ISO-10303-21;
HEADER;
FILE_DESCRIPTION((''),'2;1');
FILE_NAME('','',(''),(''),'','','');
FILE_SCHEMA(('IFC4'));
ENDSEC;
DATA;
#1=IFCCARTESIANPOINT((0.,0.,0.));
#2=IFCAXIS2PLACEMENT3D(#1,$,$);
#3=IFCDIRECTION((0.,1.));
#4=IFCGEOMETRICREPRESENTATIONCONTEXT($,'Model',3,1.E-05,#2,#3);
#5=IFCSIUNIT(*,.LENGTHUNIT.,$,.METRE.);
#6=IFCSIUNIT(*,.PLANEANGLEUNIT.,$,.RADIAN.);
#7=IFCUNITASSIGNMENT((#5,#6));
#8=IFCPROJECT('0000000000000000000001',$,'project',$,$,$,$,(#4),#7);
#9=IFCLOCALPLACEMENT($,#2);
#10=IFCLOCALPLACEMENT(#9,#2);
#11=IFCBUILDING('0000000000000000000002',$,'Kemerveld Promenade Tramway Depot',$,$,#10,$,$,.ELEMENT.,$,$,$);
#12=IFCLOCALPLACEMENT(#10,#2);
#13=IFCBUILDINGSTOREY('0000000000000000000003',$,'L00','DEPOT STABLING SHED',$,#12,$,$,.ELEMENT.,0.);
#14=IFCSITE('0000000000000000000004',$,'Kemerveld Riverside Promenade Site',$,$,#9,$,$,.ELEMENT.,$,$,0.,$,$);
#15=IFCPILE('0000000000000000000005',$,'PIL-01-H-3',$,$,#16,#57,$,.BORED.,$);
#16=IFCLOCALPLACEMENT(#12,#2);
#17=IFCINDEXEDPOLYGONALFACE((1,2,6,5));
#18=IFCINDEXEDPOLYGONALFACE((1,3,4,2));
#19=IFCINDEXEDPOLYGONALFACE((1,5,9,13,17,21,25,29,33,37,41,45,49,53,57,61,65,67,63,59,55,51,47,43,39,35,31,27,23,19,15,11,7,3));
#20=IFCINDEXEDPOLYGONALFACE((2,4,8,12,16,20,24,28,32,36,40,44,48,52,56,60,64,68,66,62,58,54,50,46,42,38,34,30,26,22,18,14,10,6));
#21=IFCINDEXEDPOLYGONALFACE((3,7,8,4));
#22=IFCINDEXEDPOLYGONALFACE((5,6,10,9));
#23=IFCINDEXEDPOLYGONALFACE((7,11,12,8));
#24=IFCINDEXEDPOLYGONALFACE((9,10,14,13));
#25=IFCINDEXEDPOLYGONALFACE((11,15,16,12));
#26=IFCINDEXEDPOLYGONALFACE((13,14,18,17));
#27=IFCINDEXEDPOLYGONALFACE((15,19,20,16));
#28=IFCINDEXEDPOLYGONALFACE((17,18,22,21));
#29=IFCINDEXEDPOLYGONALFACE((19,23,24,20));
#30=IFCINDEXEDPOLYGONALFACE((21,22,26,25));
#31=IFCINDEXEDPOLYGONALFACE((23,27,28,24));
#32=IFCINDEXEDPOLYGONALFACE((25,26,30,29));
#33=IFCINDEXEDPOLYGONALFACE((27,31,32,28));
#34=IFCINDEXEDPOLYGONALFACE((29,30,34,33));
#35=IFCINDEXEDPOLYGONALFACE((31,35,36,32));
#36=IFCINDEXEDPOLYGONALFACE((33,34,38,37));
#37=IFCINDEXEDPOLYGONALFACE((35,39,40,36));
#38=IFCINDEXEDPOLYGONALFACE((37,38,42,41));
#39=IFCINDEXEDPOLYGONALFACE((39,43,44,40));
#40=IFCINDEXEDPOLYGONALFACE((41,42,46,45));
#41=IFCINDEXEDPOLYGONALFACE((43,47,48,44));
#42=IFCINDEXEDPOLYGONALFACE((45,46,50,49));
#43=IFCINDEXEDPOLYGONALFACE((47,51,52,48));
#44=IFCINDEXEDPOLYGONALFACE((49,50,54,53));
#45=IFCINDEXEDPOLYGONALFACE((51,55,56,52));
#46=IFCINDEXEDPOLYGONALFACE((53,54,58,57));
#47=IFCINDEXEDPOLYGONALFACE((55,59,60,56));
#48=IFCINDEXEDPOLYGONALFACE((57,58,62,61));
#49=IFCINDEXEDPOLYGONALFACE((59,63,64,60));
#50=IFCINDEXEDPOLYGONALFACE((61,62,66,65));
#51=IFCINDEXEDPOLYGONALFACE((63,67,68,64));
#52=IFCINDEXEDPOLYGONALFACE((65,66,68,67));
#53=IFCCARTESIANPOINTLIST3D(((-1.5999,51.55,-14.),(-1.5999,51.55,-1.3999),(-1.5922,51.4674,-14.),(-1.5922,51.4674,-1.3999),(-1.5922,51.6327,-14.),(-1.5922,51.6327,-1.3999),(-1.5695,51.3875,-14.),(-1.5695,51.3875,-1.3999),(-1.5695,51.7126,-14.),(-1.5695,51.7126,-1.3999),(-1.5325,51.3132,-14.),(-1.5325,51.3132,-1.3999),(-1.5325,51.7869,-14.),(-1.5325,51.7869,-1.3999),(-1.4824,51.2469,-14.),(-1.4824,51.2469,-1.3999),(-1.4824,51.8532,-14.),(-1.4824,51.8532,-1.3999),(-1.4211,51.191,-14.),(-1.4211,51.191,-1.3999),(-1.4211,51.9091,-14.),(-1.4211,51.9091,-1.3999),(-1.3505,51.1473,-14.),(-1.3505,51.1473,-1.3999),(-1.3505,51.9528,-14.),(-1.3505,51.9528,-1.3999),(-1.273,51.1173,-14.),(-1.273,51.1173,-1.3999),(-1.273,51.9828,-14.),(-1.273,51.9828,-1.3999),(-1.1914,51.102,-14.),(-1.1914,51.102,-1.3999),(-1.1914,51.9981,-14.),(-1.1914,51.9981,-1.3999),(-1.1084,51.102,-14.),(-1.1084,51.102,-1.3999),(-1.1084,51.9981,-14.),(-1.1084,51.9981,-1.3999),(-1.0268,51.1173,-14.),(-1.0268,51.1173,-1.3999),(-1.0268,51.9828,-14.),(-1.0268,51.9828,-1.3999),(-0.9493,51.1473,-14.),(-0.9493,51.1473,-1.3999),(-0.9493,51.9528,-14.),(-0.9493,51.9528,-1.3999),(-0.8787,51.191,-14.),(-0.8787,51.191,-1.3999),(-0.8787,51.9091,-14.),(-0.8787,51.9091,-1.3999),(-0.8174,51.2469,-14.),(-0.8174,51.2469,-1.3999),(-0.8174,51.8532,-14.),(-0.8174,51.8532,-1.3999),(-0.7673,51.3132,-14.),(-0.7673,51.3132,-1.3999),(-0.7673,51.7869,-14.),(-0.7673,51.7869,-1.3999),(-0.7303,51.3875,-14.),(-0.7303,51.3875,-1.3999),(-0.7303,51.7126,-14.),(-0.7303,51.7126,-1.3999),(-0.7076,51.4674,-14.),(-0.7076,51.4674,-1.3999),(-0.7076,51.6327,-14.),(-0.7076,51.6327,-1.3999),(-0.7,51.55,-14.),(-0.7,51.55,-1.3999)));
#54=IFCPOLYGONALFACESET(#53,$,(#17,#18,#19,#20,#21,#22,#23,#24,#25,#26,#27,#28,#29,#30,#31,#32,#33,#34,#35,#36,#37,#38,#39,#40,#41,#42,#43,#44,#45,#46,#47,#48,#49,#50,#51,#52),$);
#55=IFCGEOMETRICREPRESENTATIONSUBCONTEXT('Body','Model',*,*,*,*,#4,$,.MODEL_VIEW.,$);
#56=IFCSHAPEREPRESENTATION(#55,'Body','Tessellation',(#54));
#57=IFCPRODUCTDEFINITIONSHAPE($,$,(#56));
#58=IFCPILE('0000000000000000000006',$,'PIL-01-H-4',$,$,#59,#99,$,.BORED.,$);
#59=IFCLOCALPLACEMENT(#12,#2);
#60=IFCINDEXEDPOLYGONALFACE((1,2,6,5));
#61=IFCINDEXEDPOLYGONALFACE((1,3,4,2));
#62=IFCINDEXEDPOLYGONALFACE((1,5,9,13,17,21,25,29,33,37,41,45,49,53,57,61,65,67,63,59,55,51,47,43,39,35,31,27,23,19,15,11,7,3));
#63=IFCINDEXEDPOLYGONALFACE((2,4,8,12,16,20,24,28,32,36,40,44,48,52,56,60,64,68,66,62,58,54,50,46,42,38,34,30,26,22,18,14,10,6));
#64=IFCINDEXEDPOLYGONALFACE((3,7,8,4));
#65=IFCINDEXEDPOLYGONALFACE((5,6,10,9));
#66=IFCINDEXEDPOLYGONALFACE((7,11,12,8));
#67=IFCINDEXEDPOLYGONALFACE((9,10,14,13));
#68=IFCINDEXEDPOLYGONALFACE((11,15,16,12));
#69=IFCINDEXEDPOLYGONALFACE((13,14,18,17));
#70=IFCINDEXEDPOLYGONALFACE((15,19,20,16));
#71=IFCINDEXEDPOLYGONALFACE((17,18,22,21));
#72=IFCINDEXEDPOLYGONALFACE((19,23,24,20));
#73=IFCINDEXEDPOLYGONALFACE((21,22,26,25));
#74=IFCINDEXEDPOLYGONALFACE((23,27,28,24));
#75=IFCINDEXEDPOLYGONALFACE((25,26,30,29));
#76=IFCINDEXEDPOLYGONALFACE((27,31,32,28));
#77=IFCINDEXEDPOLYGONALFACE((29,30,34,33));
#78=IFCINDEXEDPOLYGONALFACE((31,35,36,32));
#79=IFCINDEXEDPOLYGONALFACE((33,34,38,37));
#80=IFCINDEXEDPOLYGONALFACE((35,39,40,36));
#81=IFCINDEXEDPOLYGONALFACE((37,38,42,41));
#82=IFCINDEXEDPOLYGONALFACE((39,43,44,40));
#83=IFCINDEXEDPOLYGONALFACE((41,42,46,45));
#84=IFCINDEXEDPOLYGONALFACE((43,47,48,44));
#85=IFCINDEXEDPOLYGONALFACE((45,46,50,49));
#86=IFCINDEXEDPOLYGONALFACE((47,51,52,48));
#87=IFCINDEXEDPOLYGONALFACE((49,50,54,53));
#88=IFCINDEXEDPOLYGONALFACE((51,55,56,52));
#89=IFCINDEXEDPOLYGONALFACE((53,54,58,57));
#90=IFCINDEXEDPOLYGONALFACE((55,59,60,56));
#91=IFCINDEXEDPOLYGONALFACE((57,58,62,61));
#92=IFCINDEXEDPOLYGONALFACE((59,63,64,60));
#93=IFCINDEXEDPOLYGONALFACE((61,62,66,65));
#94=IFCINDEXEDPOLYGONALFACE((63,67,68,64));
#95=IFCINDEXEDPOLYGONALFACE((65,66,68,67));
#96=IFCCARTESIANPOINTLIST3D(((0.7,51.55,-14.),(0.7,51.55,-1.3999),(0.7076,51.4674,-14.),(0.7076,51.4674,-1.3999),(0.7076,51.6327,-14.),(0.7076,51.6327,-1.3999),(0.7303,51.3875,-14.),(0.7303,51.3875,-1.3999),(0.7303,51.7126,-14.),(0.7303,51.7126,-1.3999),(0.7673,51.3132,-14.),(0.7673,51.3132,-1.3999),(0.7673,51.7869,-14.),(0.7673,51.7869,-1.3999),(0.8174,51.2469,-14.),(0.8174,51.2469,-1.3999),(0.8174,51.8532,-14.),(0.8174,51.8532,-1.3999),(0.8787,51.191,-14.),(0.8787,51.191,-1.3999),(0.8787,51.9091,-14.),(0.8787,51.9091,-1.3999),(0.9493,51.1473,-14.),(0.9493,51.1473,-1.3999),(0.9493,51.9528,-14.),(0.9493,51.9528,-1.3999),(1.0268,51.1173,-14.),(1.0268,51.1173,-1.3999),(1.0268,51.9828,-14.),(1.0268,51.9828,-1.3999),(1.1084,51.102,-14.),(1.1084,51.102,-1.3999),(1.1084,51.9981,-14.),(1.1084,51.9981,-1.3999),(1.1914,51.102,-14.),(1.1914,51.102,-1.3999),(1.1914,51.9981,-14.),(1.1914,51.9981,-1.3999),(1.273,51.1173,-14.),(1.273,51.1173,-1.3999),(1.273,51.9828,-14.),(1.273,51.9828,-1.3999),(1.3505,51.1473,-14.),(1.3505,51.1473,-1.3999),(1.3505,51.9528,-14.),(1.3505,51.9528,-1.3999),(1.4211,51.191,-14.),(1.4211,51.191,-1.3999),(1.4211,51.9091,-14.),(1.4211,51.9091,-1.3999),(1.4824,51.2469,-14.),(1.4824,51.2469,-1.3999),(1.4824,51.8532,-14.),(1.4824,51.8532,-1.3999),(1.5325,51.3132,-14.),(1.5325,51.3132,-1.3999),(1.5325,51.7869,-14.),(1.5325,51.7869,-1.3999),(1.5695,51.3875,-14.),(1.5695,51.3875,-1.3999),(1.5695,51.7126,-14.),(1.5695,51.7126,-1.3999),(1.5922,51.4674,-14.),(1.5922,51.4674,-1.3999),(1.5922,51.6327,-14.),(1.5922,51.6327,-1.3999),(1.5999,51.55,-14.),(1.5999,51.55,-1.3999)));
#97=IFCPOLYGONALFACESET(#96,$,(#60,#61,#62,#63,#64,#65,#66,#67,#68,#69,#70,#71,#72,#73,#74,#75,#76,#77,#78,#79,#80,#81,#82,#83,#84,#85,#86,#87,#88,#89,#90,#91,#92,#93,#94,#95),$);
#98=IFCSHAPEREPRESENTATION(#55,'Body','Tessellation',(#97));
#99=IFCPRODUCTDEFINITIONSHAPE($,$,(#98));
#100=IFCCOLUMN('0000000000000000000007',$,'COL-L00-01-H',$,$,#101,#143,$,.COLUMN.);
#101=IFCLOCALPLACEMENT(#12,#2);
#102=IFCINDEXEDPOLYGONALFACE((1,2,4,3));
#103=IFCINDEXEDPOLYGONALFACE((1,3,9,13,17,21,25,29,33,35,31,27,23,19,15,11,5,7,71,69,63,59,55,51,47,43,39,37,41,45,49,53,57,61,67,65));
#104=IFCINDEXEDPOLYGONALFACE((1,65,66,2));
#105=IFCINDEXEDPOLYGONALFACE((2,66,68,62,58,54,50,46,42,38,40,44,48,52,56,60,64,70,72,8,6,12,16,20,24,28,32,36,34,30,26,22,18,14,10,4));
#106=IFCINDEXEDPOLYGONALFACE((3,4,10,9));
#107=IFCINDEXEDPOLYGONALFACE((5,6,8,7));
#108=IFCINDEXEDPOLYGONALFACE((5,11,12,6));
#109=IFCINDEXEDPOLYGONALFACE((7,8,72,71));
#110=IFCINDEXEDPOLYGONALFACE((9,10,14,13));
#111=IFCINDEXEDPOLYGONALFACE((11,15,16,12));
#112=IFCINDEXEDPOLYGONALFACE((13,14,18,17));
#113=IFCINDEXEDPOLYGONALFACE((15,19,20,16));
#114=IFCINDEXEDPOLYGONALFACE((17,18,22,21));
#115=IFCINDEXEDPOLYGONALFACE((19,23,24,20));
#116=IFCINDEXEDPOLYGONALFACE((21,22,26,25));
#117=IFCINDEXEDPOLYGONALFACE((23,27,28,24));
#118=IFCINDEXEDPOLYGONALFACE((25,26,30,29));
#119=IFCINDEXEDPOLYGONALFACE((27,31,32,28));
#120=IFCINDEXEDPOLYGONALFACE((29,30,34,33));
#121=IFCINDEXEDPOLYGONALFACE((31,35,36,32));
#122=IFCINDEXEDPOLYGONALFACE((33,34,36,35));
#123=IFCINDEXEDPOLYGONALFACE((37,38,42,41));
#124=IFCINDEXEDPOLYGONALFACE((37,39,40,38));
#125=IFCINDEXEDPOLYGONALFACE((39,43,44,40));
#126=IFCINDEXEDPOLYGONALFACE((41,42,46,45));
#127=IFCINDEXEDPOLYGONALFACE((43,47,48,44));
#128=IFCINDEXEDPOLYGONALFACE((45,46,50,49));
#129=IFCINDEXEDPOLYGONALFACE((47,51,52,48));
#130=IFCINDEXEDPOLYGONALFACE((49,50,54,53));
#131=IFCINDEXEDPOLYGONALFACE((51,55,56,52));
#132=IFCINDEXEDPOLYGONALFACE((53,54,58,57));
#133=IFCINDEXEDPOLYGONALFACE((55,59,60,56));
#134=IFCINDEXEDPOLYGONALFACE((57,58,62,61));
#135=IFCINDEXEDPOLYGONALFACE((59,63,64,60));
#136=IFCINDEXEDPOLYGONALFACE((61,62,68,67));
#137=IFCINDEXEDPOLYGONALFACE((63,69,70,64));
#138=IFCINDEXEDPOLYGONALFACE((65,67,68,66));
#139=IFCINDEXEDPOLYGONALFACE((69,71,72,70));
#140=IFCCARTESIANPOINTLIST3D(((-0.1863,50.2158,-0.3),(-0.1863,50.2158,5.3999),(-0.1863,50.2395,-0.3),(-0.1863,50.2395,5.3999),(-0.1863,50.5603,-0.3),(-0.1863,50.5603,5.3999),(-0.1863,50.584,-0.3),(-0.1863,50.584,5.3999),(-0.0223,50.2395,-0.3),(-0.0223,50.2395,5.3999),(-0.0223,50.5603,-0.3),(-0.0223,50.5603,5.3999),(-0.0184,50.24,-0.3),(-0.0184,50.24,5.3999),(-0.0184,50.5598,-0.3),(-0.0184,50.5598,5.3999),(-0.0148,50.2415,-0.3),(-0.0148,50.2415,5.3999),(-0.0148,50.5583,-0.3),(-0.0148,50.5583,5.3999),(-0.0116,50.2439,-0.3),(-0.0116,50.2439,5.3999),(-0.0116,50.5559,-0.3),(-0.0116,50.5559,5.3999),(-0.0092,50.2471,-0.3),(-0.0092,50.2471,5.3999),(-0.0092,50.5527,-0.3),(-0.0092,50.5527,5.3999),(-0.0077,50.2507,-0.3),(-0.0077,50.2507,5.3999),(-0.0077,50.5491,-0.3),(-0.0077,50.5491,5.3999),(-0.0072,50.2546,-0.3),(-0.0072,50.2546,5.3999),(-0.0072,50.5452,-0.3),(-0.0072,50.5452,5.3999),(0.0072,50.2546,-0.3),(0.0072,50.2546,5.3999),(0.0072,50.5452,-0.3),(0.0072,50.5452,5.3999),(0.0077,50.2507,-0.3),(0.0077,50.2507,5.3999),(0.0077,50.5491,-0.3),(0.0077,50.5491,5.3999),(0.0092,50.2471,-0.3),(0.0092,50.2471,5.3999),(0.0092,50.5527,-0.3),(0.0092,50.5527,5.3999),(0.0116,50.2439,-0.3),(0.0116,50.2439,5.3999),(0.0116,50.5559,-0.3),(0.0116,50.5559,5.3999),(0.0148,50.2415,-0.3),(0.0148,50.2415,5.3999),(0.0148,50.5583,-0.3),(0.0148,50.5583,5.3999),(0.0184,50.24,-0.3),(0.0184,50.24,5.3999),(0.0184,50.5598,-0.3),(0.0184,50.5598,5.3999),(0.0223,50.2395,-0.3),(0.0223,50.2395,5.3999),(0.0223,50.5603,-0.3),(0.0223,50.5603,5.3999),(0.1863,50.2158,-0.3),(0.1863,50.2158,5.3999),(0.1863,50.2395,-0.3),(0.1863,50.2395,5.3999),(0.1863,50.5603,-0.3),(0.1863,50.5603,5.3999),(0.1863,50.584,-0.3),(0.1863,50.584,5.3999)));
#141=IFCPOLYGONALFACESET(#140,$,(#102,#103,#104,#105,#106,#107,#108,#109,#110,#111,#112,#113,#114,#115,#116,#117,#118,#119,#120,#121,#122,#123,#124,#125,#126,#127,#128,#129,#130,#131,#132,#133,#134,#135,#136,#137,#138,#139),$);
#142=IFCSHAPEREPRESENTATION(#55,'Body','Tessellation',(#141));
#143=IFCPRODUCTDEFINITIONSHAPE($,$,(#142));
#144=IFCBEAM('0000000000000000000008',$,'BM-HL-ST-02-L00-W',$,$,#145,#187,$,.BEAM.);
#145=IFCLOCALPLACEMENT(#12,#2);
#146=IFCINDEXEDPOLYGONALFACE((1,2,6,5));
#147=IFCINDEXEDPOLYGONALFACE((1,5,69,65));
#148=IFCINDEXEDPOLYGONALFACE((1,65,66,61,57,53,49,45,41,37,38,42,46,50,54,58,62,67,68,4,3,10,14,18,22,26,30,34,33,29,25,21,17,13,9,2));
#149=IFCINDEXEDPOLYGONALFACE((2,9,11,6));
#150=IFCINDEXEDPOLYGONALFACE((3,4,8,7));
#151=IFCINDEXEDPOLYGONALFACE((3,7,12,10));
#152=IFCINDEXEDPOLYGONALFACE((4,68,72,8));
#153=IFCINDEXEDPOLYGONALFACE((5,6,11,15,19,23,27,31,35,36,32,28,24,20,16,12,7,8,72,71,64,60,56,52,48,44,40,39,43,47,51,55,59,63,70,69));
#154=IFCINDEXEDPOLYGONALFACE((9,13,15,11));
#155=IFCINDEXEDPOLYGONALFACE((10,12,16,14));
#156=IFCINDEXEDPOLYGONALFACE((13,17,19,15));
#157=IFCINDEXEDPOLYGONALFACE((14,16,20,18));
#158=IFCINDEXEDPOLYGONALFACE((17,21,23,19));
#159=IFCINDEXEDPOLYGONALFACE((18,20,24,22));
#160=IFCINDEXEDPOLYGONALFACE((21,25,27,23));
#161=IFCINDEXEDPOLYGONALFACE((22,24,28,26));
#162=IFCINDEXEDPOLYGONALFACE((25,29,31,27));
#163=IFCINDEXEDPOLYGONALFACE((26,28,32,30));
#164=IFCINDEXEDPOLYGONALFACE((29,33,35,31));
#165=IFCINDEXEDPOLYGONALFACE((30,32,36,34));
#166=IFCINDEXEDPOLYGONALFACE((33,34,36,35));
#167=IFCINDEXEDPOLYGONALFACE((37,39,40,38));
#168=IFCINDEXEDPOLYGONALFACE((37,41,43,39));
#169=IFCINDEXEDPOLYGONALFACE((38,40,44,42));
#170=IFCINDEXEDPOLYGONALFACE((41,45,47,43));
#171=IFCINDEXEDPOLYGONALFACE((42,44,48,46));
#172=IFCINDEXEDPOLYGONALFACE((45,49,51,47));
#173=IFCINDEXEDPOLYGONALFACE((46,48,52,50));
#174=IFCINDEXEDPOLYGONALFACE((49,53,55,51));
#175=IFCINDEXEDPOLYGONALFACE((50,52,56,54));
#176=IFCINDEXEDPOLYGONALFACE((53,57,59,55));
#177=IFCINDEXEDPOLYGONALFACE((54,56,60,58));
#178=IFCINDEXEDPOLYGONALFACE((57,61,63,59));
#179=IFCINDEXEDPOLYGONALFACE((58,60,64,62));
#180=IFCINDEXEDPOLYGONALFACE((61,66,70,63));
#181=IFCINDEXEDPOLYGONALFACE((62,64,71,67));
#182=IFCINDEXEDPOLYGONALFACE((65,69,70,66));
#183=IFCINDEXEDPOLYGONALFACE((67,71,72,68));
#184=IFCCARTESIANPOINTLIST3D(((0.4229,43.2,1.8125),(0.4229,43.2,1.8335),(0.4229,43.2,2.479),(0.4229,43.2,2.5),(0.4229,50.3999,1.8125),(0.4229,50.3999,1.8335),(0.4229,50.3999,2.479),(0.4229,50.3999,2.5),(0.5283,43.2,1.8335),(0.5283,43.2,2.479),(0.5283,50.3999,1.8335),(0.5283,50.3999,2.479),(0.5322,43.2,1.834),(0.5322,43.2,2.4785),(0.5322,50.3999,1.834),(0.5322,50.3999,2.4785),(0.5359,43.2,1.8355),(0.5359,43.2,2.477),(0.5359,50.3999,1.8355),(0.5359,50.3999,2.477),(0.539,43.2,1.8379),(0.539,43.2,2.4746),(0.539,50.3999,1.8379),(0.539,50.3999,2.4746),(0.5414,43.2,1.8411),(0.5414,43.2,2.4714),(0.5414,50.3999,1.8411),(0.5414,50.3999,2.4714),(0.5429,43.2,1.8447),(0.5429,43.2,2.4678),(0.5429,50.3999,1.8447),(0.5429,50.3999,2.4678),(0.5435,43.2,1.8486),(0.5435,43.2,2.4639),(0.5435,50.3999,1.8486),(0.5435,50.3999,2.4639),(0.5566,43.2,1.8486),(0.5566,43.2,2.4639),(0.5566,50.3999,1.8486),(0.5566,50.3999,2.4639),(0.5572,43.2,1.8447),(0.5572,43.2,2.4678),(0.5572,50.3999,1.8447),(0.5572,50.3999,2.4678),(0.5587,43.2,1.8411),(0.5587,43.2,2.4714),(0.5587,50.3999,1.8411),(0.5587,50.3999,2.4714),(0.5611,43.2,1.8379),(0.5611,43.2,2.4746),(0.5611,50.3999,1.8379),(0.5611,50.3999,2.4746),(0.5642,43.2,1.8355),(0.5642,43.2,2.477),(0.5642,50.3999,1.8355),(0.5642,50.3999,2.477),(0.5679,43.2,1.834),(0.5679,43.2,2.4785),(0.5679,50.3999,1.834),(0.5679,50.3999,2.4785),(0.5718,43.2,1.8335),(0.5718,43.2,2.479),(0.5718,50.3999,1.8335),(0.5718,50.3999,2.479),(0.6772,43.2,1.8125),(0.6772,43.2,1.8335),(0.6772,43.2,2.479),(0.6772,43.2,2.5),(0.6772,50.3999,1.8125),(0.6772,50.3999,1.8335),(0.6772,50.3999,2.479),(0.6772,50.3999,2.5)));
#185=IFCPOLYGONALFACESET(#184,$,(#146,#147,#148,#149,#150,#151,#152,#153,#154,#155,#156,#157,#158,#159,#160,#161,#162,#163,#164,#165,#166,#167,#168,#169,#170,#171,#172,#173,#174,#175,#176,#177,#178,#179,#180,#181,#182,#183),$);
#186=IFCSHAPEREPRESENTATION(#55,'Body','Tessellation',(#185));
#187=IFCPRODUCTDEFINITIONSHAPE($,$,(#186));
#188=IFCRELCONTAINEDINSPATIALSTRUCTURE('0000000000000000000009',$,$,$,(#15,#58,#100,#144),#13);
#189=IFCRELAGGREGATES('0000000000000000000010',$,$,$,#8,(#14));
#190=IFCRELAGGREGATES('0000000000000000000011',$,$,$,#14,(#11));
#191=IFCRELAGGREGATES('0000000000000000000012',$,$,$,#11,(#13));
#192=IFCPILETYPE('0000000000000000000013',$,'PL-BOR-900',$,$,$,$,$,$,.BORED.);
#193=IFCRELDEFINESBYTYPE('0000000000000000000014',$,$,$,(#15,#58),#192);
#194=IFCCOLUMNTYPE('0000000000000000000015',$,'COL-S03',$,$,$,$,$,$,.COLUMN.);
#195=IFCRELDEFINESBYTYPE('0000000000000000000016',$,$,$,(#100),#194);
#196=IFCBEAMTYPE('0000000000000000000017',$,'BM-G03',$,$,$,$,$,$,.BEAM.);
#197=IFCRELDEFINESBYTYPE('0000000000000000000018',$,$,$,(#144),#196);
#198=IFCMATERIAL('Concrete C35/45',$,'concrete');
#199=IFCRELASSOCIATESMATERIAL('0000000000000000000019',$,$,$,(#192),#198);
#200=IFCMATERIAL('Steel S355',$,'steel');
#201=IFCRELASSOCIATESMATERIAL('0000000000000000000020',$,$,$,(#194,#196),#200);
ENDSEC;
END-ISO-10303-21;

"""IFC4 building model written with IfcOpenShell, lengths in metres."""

from ifc_helpers import new_model, si_unit, direction, frame, origin, origin_2d, place, context, subcontext, project, spatial, circle, i_section, extrude, material, material_profile, profile_set, type_object, element, save


model = new_model("IFC4")

# Units and contexts
model_context = context("Model", 3, precision=1e-05, world=origin(), true_north=direction((0.0, 1.0)))
body_context = subcontext(model_context, "Body", "Model", "MODEL_VIEW")
ifc_project = project(units=[si_unit("LENGTHUNIT", "METRE"), si_unit("PLANEANGLEUNIT", "RADIAN")], contexts=[model_context])

# Site, building, storey
site_placement = place(None, origin())
site = spatial("IfcSite", under=ifc_project, at=site_placement, Name="Kemerveld Riverside Promenade Site", CompositionType="ELEMENT", RefElevation=0.0)
building_placement = place(site_placement, origin())
building = spatial("IfcBuilding", under=site, at=building_placement, Name="Kemerveld Promenade Tramway Depot", CompositionType="ELEMENT")
storey_placement = place(building_placement, origin())
storey = spatial("IfcBuildingStorey", under=building, at=storey_placement, Name="L00", Description="DEPOT STABLING SHED", CompositionType="ELEMENT", Elevation=0.0)

# Shared definitions
ifc_material_1 = material(Name="Concrete C35/45", Category="concrete")

# Piles
ifc_material_profile_1 = material_profile(ifc_material_1, circle(Radius=0.45, at=origin_2d()), Name="PILE-D900")
ifc_profile_set_1 = profile_set([ifc_material_profile_1], Name="Concrete C35/45")
pile_type = type_object("IfcPileType", Name="PL-BOR-900", PredefinedType="BORED", material=ifc_profile_set_1)
for number, where, z_axis, x_axis, name in (
    (1, (-1.1499, 51.55, -1.3999), (0.0, 0.0, -1.0), (1.0, 0.0, 0.0), "PIL-01-H-3"),
    (2, (1.1499, 51.55, -1.3999), (0.0, 0.0, -1.0), (1.0, 0.0, 0.0), "PIL-01-H-4"),
):
    element("IfcPile", number, at=place(storey_placement, frame(where, z_axis=z_axis, x_axis=x_axis)), inside=storey, type_object=pile_type, Name=name, PredefinedType="BORED", context=body_context, shape_type="SweptSolid", body=[
        extrude(circle(Radius=0.45, at=origin_2d()), origin(), (0.0, 0.0, 1.0), 12.6001),
    ])

# Column
ifc_material_2 = material(Name="Steel S355", Category="steel")
ifc_material_profile_2 = material_profile(ifc_material_2, i_section(OverallWidth=0.3726, OverallDepth=0.3682, WebThickness=0.0144, FlangeThickness=0.0237, FilletRadius=0.0151, at=origin_2d()), Name="356x368x177 UC")
ifc_profile_set_2 = profile_set([ifc_material_profile_2], Name="Steel S355")
column_type = type_object("IfcColumnType", Name="COL-S03", PredefinedType="COLUMN", material=ifc_profile_set_2)
column_placement = place(storey_placement, frame((0.0, 50.3999, -0.3), z_axis=(0.0, 0.0, 1.0), x_axis=(1.0, 0.0, 0.0)))
element("IfcColumn", 3, at=column_placement, inside=storey, type_object=column_type, Name="COL-L00-01-H", PredefinedType="COLUMN", context=body_context, shape_type="SweptSolid", body=[
    extrude(i_section(OverallWidth=0.3726, OverallDepth=0.3682, WebThickness=0.0144, FlangeThickness=0.0237, FilletRadius=0.0151, at=origin_2d()), origin(), (0.0, 0.0, 1.0), 5.7),
])

# Beam
ifc_material_profile_3 = material_profile(ifc_material_2, i_section(OverallWidth=0.2544, OverallDepth=0.6875, WebThickness=0.0132, FlangeThickness=0.021, FilletRadius=0.0151, at=origin_2d()), Name="686x254x152 UB")
ifc_profile_set_3 = profile_set([ifc_material_profile_3], Name="Steel S355")
beam_type_1 = type_object("IfcBeamType", Name="BM-G03", PredefinedType="BEAM", material=ifc_profile_set_3)
for number, where, z_axis, x_axis, name in (
    (4, (0.55, 43.2, 2.1562), (0.0, 1.0, 0.0), (-1.0, 0.0, 0.0), "BM-HL-ST-02-L00-W"),
):
    element("IfcBeam", number, at=place(storey_placement, frame(where, z_axis=z_axis, x_axis=x_axis)), inside=storey, type_object=beam_type_1, Name=name, PredefinedType="BEAM", context=body_context, shape_type="SweptSolid", body=[
        extrude(i_section(OverallWidth=0.2544, OverallDepth=0.6875, WebThickness=0.0132, FlangeThickness=0.021, FilletRadius=0.0151, at=origin_2d()), origin(), (0.0, 0.0, 1.0), 7.2),
    ])

save(model, "model.ifc")
